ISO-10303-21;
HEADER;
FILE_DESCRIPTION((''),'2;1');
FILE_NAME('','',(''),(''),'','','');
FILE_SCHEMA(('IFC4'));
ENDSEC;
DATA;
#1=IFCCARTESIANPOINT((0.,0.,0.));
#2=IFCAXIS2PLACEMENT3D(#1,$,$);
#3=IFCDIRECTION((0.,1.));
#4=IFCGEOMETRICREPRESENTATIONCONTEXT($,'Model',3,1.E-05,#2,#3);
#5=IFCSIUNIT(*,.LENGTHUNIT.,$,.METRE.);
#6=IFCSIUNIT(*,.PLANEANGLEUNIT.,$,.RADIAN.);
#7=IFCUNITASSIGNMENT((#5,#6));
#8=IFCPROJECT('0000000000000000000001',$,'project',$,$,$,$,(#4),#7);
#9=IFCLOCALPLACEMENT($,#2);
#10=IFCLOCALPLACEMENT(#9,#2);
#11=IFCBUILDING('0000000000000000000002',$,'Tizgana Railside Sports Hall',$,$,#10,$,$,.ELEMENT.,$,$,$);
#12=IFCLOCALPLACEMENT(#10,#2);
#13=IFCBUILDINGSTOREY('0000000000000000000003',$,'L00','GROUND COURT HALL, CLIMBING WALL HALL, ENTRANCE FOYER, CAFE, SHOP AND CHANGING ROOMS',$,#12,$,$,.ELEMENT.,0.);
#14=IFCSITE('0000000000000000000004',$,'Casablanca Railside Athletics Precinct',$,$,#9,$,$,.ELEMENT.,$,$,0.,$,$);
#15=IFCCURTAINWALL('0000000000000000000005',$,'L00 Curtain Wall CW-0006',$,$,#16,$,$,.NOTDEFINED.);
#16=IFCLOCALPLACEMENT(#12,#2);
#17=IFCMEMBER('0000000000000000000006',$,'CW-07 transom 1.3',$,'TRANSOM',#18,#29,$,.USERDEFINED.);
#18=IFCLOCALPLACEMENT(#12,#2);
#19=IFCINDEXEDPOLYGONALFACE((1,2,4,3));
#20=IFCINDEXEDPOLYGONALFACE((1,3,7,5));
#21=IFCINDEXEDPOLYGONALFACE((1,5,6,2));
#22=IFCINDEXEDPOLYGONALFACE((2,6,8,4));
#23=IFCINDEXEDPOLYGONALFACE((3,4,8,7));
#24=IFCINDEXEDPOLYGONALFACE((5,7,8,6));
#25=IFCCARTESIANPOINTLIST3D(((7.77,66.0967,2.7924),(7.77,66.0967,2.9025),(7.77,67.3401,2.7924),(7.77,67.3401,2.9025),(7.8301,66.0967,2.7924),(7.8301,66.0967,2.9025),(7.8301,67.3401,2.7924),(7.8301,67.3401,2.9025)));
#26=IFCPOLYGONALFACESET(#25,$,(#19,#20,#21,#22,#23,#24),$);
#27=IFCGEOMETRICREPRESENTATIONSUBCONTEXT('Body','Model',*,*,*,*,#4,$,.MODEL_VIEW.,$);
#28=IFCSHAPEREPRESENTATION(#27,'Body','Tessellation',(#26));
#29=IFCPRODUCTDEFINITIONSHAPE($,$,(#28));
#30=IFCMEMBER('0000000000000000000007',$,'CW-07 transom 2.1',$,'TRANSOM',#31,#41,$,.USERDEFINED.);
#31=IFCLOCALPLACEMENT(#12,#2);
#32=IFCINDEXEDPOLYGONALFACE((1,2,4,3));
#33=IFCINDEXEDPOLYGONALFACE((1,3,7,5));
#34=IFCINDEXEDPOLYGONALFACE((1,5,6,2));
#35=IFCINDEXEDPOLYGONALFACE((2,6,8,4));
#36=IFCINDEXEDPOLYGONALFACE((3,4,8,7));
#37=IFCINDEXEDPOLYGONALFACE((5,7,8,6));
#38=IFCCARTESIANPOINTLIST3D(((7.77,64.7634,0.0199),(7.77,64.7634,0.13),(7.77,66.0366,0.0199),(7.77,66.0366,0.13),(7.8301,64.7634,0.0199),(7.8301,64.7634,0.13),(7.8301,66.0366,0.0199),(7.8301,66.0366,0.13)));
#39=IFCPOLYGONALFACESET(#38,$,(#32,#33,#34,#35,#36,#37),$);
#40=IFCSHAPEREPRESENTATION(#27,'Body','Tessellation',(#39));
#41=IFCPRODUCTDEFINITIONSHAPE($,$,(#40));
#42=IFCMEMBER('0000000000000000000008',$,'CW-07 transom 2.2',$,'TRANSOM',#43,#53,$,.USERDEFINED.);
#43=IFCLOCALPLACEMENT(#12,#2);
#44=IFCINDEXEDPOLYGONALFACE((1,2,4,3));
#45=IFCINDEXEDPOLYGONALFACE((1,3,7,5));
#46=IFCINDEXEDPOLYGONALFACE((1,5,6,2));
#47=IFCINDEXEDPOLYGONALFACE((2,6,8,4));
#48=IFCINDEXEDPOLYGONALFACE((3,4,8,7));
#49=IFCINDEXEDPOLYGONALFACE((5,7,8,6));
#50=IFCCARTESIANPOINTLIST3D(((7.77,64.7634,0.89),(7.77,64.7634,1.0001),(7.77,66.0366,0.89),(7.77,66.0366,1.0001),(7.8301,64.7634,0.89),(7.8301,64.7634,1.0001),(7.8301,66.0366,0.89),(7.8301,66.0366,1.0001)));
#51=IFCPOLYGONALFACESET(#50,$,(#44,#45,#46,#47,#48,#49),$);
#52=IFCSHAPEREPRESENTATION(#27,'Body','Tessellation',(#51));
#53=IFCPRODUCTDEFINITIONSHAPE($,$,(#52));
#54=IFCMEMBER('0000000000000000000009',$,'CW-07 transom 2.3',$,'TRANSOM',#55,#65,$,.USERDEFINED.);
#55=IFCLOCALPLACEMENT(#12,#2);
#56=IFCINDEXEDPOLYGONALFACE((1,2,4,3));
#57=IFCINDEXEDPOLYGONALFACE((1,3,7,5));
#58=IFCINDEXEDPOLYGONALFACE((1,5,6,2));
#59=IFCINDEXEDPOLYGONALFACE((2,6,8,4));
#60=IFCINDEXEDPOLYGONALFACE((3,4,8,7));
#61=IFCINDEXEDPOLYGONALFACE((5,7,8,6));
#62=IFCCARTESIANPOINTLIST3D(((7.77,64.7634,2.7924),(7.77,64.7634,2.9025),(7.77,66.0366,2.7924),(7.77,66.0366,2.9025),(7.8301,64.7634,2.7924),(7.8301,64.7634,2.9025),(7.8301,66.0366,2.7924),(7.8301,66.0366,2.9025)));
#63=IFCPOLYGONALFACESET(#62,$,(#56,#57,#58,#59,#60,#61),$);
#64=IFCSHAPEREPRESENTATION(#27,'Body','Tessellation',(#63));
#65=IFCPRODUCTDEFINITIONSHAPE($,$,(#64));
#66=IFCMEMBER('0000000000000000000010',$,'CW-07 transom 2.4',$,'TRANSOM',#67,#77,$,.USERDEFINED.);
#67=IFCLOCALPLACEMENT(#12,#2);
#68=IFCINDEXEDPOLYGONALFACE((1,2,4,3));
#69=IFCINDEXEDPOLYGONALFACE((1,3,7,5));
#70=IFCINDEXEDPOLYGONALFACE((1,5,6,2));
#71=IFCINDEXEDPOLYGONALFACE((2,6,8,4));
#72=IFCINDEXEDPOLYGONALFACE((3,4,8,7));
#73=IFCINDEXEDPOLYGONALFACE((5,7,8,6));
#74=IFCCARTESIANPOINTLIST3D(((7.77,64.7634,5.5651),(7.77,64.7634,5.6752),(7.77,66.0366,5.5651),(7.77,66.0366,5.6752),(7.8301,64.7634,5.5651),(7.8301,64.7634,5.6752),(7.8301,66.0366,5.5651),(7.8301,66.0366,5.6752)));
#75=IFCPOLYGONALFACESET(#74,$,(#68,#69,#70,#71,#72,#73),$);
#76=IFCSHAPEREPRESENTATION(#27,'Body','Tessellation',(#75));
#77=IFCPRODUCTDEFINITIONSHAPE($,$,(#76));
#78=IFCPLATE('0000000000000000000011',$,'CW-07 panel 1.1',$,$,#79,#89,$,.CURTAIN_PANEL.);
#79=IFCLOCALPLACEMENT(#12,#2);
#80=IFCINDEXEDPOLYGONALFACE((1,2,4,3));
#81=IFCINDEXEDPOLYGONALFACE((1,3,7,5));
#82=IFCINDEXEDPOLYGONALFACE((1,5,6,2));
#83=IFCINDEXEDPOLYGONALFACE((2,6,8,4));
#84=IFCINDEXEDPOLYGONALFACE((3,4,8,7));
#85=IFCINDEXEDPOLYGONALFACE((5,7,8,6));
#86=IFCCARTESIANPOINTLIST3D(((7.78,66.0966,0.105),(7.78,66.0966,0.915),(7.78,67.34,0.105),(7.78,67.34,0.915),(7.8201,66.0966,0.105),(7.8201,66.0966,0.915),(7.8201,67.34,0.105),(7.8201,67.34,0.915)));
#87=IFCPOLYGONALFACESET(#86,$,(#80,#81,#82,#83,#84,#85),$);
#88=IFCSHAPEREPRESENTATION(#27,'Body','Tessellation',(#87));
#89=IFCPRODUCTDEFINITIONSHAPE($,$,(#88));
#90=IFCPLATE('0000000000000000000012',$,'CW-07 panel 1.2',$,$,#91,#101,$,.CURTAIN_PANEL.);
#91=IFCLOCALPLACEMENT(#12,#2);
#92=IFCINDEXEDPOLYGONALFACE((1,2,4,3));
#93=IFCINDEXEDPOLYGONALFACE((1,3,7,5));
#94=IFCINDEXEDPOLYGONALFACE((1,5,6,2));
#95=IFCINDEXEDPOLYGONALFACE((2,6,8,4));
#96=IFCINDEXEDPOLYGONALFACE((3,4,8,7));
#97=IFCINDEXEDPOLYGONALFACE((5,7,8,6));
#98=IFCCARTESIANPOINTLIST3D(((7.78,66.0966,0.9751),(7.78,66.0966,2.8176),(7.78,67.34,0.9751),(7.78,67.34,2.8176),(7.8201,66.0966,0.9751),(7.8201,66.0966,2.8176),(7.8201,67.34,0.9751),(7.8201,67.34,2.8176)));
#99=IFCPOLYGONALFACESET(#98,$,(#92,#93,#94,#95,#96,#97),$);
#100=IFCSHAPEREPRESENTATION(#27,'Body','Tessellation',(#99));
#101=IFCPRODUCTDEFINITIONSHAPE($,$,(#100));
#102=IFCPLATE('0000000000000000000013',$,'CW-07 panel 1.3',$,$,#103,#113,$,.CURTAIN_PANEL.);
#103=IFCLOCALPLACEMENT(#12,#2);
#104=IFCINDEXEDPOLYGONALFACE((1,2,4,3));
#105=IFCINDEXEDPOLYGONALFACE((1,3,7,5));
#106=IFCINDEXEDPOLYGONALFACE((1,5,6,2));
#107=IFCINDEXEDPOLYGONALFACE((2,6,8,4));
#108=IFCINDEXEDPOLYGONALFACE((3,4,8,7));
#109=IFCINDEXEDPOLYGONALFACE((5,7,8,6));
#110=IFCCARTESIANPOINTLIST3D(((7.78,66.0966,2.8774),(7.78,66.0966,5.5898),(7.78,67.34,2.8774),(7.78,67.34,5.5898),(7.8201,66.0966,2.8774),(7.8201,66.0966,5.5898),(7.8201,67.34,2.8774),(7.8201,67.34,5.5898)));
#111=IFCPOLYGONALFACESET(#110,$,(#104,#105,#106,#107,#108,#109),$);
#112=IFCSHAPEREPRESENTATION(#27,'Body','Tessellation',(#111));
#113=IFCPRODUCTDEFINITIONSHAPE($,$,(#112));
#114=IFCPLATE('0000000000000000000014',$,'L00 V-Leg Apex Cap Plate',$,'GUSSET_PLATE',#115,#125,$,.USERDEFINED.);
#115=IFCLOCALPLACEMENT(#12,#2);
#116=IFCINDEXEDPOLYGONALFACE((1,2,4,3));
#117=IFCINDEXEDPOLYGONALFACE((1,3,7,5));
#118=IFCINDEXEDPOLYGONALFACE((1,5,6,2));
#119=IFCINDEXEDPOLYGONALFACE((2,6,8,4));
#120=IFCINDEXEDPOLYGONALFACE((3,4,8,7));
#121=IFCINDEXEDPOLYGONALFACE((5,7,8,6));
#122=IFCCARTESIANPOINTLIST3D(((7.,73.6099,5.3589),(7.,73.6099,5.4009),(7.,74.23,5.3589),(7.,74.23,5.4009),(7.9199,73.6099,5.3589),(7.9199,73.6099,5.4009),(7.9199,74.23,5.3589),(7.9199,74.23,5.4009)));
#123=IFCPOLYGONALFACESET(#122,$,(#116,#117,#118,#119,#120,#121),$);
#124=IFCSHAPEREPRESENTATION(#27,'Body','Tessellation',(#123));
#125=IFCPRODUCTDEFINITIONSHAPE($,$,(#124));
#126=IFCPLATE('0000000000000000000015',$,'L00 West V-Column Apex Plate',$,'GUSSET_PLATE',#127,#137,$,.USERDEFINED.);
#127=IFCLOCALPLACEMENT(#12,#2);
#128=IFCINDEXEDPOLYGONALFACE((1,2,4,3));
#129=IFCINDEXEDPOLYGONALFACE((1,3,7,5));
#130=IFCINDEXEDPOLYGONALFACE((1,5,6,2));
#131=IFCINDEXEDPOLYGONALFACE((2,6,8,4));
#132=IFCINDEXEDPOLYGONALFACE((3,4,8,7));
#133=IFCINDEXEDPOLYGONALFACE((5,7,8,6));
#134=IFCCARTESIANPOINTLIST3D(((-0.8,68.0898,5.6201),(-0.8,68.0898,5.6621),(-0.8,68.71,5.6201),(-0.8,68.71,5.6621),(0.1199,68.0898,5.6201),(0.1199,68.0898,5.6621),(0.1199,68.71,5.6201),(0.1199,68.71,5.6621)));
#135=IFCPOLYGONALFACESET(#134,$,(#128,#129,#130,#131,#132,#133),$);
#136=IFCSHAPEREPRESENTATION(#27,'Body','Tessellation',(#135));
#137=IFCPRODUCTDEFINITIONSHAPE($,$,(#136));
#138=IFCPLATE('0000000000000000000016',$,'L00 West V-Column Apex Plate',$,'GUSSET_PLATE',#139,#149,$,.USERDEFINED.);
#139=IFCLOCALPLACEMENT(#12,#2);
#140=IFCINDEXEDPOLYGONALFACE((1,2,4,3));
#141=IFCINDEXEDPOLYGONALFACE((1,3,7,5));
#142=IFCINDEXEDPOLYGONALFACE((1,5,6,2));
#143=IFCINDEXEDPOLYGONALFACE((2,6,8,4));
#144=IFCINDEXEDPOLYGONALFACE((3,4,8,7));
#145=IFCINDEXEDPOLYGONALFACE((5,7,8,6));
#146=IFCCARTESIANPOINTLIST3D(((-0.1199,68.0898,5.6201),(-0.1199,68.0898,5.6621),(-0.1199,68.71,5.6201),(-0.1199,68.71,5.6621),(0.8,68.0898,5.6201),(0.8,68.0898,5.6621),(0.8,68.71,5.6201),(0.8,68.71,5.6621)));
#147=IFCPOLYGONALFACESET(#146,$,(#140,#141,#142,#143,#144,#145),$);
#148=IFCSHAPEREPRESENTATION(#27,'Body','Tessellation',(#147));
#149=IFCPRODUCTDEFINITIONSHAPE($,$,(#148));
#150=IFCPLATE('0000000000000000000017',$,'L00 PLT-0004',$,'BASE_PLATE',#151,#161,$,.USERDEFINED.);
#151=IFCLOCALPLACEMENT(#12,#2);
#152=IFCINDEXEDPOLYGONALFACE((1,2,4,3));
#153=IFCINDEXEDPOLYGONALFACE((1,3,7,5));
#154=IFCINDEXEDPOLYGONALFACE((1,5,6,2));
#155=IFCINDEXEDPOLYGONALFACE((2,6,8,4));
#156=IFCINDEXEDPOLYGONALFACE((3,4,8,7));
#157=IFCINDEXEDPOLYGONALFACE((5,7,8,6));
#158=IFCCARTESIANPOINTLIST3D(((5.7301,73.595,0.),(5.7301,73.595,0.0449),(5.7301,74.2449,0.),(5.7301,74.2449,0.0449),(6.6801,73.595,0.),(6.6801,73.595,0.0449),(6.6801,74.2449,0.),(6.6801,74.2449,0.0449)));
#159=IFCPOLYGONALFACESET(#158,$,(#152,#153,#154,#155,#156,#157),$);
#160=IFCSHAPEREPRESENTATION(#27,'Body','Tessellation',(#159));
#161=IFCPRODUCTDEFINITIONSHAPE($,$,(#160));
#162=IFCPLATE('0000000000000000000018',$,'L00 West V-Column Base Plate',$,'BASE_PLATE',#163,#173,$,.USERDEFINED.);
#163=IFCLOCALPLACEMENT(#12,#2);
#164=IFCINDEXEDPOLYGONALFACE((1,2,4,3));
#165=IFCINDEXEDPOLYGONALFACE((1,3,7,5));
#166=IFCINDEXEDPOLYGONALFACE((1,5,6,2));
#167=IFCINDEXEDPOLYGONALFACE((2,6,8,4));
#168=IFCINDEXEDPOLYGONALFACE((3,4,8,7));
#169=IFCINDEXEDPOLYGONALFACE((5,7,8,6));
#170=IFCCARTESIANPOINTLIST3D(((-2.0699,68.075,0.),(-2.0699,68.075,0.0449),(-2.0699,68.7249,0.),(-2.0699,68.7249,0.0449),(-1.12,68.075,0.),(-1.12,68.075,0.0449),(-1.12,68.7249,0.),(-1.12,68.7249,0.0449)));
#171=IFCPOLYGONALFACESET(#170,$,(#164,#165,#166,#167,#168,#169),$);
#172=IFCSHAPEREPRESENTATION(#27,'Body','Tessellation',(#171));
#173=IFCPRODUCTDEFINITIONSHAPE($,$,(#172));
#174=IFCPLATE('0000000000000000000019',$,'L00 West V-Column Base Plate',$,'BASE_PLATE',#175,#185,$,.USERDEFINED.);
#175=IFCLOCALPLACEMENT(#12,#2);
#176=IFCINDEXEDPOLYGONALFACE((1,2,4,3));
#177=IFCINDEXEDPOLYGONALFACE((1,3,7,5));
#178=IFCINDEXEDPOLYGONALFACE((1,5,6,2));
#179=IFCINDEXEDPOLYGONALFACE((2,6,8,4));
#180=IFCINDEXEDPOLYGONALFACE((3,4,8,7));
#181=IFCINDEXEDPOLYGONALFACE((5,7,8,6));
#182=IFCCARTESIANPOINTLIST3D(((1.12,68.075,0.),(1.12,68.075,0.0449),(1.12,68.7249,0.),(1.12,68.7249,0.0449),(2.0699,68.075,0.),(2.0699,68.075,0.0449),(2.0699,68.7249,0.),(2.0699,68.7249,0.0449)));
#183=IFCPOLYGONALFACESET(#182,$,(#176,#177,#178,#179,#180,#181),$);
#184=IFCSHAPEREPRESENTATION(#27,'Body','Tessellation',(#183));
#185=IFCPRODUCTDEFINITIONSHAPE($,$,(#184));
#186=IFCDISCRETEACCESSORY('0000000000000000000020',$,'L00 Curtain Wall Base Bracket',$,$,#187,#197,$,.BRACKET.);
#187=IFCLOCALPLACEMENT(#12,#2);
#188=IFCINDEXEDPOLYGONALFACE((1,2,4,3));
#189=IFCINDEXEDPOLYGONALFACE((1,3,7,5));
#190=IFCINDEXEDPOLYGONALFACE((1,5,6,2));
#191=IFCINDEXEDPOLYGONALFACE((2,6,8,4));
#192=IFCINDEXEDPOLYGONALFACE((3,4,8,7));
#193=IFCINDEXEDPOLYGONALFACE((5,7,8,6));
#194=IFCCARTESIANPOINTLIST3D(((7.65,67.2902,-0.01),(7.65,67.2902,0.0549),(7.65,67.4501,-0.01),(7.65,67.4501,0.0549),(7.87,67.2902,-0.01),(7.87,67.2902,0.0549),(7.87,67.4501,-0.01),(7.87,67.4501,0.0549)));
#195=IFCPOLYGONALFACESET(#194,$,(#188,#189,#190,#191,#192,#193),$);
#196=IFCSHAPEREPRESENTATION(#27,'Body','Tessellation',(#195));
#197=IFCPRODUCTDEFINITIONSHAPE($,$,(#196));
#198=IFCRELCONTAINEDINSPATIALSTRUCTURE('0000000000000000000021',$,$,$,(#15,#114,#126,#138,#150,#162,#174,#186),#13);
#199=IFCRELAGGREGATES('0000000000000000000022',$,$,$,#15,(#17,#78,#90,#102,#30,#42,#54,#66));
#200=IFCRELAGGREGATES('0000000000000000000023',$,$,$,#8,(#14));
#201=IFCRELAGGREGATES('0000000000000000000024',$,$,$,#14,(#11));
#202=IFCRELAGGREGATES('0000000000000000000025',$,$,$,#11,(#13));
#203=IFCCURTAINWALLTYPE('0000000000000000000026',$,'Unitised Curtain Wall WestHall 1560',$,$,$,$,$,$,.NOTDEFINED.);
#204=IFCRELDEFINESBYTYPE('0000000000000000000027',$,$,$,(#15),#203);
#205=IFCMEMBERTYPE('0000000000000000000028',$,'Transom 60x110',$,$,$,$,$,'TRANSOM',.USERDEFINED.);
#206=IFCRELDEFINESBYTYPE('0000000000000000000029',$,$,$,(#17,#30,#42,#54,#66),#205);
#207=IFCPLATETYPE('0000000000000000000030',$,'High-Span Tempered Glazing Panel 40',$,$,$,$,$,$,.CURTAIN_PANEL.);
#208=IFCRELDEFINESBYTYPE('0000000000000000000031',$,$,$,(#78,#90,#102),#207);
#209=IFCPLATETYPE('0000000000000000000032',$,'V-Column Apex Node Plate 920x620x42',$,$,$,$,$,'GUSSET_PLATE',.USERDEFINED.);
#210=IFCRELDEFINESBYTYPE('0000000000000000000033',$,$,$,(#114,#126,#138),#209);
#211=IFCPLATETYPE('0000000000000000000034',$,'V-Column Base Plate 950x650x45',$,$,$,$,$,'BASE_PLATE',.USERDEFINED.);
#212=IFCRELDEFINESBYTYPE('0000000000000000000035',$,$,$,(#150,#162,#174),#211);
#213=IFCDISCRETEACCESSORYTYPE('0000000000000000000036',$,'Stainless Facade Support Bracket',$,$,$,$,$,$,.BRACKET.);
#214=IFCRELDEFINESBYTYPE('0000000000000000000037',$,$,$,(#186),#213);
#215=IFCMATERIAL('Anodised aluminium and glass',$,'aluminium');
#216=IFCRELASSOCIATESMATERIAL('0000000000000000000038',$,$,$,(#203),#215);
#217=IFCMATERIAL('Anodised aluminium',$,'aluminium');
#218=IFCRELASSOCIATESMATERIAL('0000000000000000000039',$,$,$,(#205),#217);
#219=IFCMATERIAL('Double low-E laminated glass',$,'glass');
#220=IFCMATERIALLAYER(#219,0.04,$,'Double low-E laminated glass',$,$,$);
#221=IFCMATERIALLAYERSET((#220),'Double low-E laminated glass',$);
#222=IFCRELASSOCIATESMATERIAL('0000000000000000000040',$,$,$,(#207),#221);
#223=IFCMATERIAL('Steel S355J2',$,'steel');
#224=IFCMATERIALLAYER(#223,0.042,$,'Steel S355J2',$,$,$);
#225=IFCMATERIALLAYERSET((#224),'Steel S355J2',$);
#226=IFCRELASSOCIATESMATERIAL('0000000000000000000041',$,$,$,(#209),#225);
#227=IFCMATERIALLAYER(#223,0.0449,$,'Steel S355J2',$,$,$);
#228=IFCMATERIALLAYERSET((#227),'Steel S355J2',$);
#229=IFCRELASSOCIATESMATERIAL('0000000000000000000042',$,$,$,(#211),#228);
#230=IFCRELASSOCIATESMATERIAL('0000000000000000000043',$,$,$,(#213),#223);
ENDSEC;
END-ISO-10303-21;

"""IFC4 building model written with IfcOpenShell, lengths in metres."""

from ifc_helpers import new_model, si_unit, direction, frame, origin, origin_2d, place, context, subcontext, project, spatial, rectangle, extrude, material, layer, layer_set, material_profile, profile_set, type_object, element, aggregate, save


model = new_model("IFC4")

# Units and contexts
model_context = context("Model", 3, precision=1e-05, world=origin(), true_north=direction((0.0, 1.0)))
body_context = subcontext(model_context, "Body", "Model", "MODEL_VIEW")
ifc_project = project(units=[si_unit("LENGTHUNIT", "METRE"), si_unit("PLANEANGLEUNIT", "RADIAN")], contexts=[model_context])

# Site, building, storey
site_placement = place(None, origin())
site = spatial("IfcSite", under=ifc_project, at=site_placement, Name="Casablanca Railside Athletics Precinct", CompositionType="ELEMENT", RefElevation=0.0)
building_placement = place(site_placement, origin())
building = spatial("IfcBuilding", under=site, at=building_placement, Name="Tizgana Railside Sports Hall", CompositionType="ELEMENT")
storey_placement = place(building_placement, origin())
storey = spatial("IfcBuildingStorey", under=building, at=storey_placement, Name="L00", Description="GROUND COURT HALL, CLIMBING WALL HALL, ENTRANCE FOYER, CAFE, SHOP AND CHANGING ROOMS", CompositionType="ELEMENT", Elevation=0.0)

# Shared definitions
ifc_material_1 = material(Name="Steel S355J2", Category="steel")

# Curtain wall
ifc_material_2 = material(Name="Anodised aluminium and glass", Category="aluminium")
curtain_wall_type = type_object("IfcCurtainWallType", Name="Unitised Curtain Wall WestHall 1560", PredefinedType="NOTDEFINED", material=ifc_material_2)
curtain_wall_placement = place(storey_placement, origin())
curtain_wall = element("IfcCurtainWall", 1, at=curtain_wall_placement, inside=storey, type_object=curtain_wall_type, Name="L00 Curtain Wall CW-0006", PredefinedType="NOTDEFINED")
ifc_material_3 = material(Name="Anodised aluminium", Category="aluminium")

# Members
ifc_material_profile_1 = material_profile(ifc_material_3, rectangle(XDim=0.0601, YDim=0.1101, at=origin_2d()), Name="Transom 60x110")
ifc_profile_set_1 = profile_set([ifc_material_profile_1], Name="Anodised aluminium")
member_type_1 = type_object("IfcMemberType", Name="Transom 60x110", ElementType="TRANSOM", PredefinedType="USERDEFINED", material=ifc_profile_set_1)
member_1_placement = place(storey_placement, frame((7.8, 67.3401, 2.8474), z_axis=(0.0, -1.0, 0.0), x_axis=(1.0, 0.0, 0.0)))
member_1 = element("IfcMember", 2, at=member_1_placement, type_object=member_type_1, Name="CW-07 transom 1.3", ObjectType="TRANSOM", PredefinedType="USERDEFINED", context=body_context, shape_type="SweptSolid", body=[
    extrude(rectangle(XDim=0.0601, YDim=0.1101, at=origin_2d()), origin(), (0.0, 0.0, 1.0), 1.2434),
])
member_2_placement = place(storey_placement, frame((7.8, 66.0366, 0.075), z_axis=(0.0, -1.0, 0.0), x_axis=(1.0, 0.0, 0.0)))
member_2 = element("IfcMember", 3, at=member_2_placement, type_object=member_type_1, Name="CW-07 transom 2.1", ObjectType="TRANSOM", PredefinedType="USERDEFINED", context=body_context, shape_type="SweptSolid", body=[
    extrude(rectangle(XDim=0.0601, YDim=0.1101, at=origin_2d()), origin(), (0.0, 0.0, 1.0), 1.2732),
])
member_3_placement = place(storey_placement, frame((7.8, 66.0366, 0.9451), z_axis=(0.0, -1.0, 0.0), x_axis=(1.0, 0.0, 0.0)))
member_3 = element("IfcMember", 4, at=member_3_placement, type_object=member_type_1, Name="CW-07 transom 2.2", ObjectType="TRANSOM", PredefinedType="USERDEFINED", context=body_context, shape_type="SweptSolid", body=[
    extrude(rectangle(XDim=0.0601, YDim=0.1101, at=origin_2d()), origin(), (0.0, 0.0, 1.0), 1.2732),
])
member_4_placement = place(storey_placement, frame((7.8, 66.0366, 2.8474), z_axis=(0.0, -1.0, 0.0), x_axis=(1.0, 0.0, 0.0)))
member_4 = element("IfcMember", 5, at=member_4_placement, type_object=member_type_1, Name="CW-07 transom 2.3", ObjectType="TRANSOM", PredefinedType="USERDEFINED", context=body_context, shape_type="SweptSolid", body=[
    extrude(rectangle(XDim=0.0601, YDim=0.1101, at=origin_2d()), origin(), (0.0, 0.0, 1.0), 1.2732),
])
member_5_placement = place(storey_placement, frame((7.8, 66.0366, 5.6201), z_axis=(0.0, -1.0, 0.0), x_axis=(1.0, 0.0, 0.0)))
member_5 = element("IfcMember", 6, at=member_5_placement, type_object=member_type_1, Name="CW-07 transom 2.4", ObjectType="TRANSOM", PredefinedType="USERDEFINED", context=body_context, shape_type="SweptSolid", body=[
    extrude(rectangle(XDim=0.0601, YDim=0.1101, at=origin_2d()), origin(), (0.0, 0.0, 1.0), 1.2732),
])

# Plates
ifc_material_4 = material(Name="Double low-E laminated glass", Category="glass")
ifc_layer_1 = layer(ifc_material_4, 0.04, Name="Double low-E laminated glass")
ifc_layer_set_1 = layer_set([ifc_layer_1], Name="Double low-E laminated glass")
plate_type_1 = type_object("IfcPlateType", Name="High-Span Tempered Glazing Panel 40", PredefinedType="CURTAIN_PANEL", material=ifc_layer_set_1)
plate_1_placement = place(storey_placement, frame((7.8, 66.7183, 0.105), z_axis=(0.0, 0.0, 1.0), x_axis=(0.0, -1.0, 0.0)))
plate_1 = element("IfcPlate", 7, at=plate_1_placement, type_object=plate_type_1, Name="CW-07 panel 1.1", PredefinedType="CURTAIN_PANEL", context=body_context, shape_type="SweptSolid", body=[
    extrude(rectangle(XDim=1.2434, YDim=0.04, at=origin_2d()), origin(), (0.0, 0.0, 1.0), 0.8101),
])
plate_2_placement = place(storey_placement, frame((7.8, 66.7183, 0.9751), z_axis=(0.0, 0.0, 1.0), x_axis=(0.0, -1.0, 0.0)))
plate_2 = element("IfcPlate", 8, at=plate_2_placement, type_object=plate_type_1, Name="CW-07 panel 1.2", PredefinedType="CURTAIN_PANEL", context=body_context, shape_type="SweptSolid", body=[
    extrude(rectangle(XDim=1.2434, YDim=0.04, at=origin_2d()), origin(), (0.0, 0.0, 1.0), 1.8425),
])
plate_3_placement = place(storey_placement, frame((7.8, 66.7183, 2.8774), z_axis=(0.0, 0.0, 1.0), x_axis=(0.0, -1.0, 0.0)))
plate_3 = element("IfcPlate", 9, at=plate_3_placement, type_object=plate_type_1, Name="CW-07 panel 1.3", PredefinedType="CURTAIN_PANEL", context=body_context, shape_type="SweptSolid", body=[
    extrude(rectangle(XDim=1.2434, YDim=0.04, at=origin_2d()), origin(), (0.0, 0.0, 1.0), 2.7124),
])
aggregate(curtain_wall, [member_1, plate_1, plate_2, plate_3, member_2, member_3, member_4, member_5])

# Plates
ifc_layer_2 = layer(ifc_material_1, 0.042, Name="Steel S355J2")
ifc_layer_set_2 = layer_set([ifc_layer_2], Name="Steel S355J2")
plate_type_2 = type_object("IfcPlateType", Name="V-Column Apex Node Plate 920x620x42", ElementType="GUSSET_PLATE", PredefinedType="USERDEFINED", material=ifc_layer_set_2)
for number, where, z_axis, x_axis, name in (
    (10, (7.46, 73.9199, 5.3589), (0.0, 0.0, 1.0), (1.0, 0.0, 0.0), "L00 V-Leg Apex Cap Plate"),
    (11, (-0.3401, 68.3999, 5.6201), (0.0, 0.0, 1.0), (1.0, 0.0, 0.0), "L00 West V-Column Apex Plate"),
    (12, (0.3401, 68.3999, 5.6201), (0.0, 0.0, 1.0), (1.0, 0.0, 0.0), "L00 West V-Column Apex Plate"),
):
    element("IfcPlate", number, at=place(storey_placement, frame(where, z_axis=z_axis, x_axis=x_axis)), inside=storey, type_object=plate_type_2, Name=name, ObjectType="GUSSET_PLATE", PredefinedType="USERDEFINED", context=body_context, shape_type="SweptSolid", body=[
        extrude(rectangle(XDim=0.9199, YDim=0.6201, at=origin_2d()), origin(), (0.0, 0.0, 1.0), 0.042),
    ])
ifc_layer_3 = layer(ifc_material_1, 0.0449, Name="Steel S355J2")
ifc_layer_set_3 = layer_set([ifc_layer_3], Name="Steel S355J2")
plate_type_3 = type_object("IfcPlateType", Name="V-Column Base Plate 950x650x45", ElementType="BASE_PLATE", PredefinedType="USERDEFINED", material=ifc_layer_set_3)
for number, where, z_axis, x_axis, name in (
    (13, (6.2051, 73.9199, 0.0), (0.0, 0.0, 1.0), (1.0, 0.0, 0.0), "L00 PLT-0004"),
    (14, (-1.595, 68.3999, 0.0), (0.0, 0.0, 1.0), (1.0, 0.0, 0.0), "L00 West V-Column Base Plate"),
    (15, (1.595, 68.3999, 0.0), (0.0, 0.0, 1.0), (1.0, 0.0, 0.0), "L00 West V-Column Base Plate"),
):
    element("IfcPlate", number, at=place(storey_placement, frame(where, z_axis=z_axis, x_axis=x_axis)), inside=storey, type_object=plate_type_3, Name=name, ObjectType="BASE_PLATE", PredefinedType="USERDEFINED", context=body_context, shape_type="SweptSolid", body=[
        extrude(rectangle(XDim=0.95, YDim=0.6499, at=origin_2d()), origin(), (0.0, 0.0, 1.0), 0.0449),
    ])

# Discrete accessory
discrete_accessory_type = type_object("IfcDiscreteAccessoryType", Name="Stainless Facade Support Bracket", PredefinedType="BRACKET", material=ifc_material_1)
for number, where, z_axis, x_axis, name in (
    (16, (7.76, 67.3701, -0.01), (0.0, 0.0, 1.0), (0.0, -1.0, 0.0), "L00 Curtain Wall Base Bracket"),
):
    element("IfcDiscreteAccessory", number, at=place(storey_placement, frame(where, z_axis=z_axis, x_axis=x_axis)), inside=storey, type_object=discrete_accessory_type, Name=name, PredefinedType="BRACKET", context=body_context, shape_type="SweptSolid", body=[
        extrude(rectangle(XDim=0.1599, YDim=0.22, at=origin_2d()), origin(), (0.0, 0.0, 1.0), 0.0649),
    ])

save(model, "model.ifc")
